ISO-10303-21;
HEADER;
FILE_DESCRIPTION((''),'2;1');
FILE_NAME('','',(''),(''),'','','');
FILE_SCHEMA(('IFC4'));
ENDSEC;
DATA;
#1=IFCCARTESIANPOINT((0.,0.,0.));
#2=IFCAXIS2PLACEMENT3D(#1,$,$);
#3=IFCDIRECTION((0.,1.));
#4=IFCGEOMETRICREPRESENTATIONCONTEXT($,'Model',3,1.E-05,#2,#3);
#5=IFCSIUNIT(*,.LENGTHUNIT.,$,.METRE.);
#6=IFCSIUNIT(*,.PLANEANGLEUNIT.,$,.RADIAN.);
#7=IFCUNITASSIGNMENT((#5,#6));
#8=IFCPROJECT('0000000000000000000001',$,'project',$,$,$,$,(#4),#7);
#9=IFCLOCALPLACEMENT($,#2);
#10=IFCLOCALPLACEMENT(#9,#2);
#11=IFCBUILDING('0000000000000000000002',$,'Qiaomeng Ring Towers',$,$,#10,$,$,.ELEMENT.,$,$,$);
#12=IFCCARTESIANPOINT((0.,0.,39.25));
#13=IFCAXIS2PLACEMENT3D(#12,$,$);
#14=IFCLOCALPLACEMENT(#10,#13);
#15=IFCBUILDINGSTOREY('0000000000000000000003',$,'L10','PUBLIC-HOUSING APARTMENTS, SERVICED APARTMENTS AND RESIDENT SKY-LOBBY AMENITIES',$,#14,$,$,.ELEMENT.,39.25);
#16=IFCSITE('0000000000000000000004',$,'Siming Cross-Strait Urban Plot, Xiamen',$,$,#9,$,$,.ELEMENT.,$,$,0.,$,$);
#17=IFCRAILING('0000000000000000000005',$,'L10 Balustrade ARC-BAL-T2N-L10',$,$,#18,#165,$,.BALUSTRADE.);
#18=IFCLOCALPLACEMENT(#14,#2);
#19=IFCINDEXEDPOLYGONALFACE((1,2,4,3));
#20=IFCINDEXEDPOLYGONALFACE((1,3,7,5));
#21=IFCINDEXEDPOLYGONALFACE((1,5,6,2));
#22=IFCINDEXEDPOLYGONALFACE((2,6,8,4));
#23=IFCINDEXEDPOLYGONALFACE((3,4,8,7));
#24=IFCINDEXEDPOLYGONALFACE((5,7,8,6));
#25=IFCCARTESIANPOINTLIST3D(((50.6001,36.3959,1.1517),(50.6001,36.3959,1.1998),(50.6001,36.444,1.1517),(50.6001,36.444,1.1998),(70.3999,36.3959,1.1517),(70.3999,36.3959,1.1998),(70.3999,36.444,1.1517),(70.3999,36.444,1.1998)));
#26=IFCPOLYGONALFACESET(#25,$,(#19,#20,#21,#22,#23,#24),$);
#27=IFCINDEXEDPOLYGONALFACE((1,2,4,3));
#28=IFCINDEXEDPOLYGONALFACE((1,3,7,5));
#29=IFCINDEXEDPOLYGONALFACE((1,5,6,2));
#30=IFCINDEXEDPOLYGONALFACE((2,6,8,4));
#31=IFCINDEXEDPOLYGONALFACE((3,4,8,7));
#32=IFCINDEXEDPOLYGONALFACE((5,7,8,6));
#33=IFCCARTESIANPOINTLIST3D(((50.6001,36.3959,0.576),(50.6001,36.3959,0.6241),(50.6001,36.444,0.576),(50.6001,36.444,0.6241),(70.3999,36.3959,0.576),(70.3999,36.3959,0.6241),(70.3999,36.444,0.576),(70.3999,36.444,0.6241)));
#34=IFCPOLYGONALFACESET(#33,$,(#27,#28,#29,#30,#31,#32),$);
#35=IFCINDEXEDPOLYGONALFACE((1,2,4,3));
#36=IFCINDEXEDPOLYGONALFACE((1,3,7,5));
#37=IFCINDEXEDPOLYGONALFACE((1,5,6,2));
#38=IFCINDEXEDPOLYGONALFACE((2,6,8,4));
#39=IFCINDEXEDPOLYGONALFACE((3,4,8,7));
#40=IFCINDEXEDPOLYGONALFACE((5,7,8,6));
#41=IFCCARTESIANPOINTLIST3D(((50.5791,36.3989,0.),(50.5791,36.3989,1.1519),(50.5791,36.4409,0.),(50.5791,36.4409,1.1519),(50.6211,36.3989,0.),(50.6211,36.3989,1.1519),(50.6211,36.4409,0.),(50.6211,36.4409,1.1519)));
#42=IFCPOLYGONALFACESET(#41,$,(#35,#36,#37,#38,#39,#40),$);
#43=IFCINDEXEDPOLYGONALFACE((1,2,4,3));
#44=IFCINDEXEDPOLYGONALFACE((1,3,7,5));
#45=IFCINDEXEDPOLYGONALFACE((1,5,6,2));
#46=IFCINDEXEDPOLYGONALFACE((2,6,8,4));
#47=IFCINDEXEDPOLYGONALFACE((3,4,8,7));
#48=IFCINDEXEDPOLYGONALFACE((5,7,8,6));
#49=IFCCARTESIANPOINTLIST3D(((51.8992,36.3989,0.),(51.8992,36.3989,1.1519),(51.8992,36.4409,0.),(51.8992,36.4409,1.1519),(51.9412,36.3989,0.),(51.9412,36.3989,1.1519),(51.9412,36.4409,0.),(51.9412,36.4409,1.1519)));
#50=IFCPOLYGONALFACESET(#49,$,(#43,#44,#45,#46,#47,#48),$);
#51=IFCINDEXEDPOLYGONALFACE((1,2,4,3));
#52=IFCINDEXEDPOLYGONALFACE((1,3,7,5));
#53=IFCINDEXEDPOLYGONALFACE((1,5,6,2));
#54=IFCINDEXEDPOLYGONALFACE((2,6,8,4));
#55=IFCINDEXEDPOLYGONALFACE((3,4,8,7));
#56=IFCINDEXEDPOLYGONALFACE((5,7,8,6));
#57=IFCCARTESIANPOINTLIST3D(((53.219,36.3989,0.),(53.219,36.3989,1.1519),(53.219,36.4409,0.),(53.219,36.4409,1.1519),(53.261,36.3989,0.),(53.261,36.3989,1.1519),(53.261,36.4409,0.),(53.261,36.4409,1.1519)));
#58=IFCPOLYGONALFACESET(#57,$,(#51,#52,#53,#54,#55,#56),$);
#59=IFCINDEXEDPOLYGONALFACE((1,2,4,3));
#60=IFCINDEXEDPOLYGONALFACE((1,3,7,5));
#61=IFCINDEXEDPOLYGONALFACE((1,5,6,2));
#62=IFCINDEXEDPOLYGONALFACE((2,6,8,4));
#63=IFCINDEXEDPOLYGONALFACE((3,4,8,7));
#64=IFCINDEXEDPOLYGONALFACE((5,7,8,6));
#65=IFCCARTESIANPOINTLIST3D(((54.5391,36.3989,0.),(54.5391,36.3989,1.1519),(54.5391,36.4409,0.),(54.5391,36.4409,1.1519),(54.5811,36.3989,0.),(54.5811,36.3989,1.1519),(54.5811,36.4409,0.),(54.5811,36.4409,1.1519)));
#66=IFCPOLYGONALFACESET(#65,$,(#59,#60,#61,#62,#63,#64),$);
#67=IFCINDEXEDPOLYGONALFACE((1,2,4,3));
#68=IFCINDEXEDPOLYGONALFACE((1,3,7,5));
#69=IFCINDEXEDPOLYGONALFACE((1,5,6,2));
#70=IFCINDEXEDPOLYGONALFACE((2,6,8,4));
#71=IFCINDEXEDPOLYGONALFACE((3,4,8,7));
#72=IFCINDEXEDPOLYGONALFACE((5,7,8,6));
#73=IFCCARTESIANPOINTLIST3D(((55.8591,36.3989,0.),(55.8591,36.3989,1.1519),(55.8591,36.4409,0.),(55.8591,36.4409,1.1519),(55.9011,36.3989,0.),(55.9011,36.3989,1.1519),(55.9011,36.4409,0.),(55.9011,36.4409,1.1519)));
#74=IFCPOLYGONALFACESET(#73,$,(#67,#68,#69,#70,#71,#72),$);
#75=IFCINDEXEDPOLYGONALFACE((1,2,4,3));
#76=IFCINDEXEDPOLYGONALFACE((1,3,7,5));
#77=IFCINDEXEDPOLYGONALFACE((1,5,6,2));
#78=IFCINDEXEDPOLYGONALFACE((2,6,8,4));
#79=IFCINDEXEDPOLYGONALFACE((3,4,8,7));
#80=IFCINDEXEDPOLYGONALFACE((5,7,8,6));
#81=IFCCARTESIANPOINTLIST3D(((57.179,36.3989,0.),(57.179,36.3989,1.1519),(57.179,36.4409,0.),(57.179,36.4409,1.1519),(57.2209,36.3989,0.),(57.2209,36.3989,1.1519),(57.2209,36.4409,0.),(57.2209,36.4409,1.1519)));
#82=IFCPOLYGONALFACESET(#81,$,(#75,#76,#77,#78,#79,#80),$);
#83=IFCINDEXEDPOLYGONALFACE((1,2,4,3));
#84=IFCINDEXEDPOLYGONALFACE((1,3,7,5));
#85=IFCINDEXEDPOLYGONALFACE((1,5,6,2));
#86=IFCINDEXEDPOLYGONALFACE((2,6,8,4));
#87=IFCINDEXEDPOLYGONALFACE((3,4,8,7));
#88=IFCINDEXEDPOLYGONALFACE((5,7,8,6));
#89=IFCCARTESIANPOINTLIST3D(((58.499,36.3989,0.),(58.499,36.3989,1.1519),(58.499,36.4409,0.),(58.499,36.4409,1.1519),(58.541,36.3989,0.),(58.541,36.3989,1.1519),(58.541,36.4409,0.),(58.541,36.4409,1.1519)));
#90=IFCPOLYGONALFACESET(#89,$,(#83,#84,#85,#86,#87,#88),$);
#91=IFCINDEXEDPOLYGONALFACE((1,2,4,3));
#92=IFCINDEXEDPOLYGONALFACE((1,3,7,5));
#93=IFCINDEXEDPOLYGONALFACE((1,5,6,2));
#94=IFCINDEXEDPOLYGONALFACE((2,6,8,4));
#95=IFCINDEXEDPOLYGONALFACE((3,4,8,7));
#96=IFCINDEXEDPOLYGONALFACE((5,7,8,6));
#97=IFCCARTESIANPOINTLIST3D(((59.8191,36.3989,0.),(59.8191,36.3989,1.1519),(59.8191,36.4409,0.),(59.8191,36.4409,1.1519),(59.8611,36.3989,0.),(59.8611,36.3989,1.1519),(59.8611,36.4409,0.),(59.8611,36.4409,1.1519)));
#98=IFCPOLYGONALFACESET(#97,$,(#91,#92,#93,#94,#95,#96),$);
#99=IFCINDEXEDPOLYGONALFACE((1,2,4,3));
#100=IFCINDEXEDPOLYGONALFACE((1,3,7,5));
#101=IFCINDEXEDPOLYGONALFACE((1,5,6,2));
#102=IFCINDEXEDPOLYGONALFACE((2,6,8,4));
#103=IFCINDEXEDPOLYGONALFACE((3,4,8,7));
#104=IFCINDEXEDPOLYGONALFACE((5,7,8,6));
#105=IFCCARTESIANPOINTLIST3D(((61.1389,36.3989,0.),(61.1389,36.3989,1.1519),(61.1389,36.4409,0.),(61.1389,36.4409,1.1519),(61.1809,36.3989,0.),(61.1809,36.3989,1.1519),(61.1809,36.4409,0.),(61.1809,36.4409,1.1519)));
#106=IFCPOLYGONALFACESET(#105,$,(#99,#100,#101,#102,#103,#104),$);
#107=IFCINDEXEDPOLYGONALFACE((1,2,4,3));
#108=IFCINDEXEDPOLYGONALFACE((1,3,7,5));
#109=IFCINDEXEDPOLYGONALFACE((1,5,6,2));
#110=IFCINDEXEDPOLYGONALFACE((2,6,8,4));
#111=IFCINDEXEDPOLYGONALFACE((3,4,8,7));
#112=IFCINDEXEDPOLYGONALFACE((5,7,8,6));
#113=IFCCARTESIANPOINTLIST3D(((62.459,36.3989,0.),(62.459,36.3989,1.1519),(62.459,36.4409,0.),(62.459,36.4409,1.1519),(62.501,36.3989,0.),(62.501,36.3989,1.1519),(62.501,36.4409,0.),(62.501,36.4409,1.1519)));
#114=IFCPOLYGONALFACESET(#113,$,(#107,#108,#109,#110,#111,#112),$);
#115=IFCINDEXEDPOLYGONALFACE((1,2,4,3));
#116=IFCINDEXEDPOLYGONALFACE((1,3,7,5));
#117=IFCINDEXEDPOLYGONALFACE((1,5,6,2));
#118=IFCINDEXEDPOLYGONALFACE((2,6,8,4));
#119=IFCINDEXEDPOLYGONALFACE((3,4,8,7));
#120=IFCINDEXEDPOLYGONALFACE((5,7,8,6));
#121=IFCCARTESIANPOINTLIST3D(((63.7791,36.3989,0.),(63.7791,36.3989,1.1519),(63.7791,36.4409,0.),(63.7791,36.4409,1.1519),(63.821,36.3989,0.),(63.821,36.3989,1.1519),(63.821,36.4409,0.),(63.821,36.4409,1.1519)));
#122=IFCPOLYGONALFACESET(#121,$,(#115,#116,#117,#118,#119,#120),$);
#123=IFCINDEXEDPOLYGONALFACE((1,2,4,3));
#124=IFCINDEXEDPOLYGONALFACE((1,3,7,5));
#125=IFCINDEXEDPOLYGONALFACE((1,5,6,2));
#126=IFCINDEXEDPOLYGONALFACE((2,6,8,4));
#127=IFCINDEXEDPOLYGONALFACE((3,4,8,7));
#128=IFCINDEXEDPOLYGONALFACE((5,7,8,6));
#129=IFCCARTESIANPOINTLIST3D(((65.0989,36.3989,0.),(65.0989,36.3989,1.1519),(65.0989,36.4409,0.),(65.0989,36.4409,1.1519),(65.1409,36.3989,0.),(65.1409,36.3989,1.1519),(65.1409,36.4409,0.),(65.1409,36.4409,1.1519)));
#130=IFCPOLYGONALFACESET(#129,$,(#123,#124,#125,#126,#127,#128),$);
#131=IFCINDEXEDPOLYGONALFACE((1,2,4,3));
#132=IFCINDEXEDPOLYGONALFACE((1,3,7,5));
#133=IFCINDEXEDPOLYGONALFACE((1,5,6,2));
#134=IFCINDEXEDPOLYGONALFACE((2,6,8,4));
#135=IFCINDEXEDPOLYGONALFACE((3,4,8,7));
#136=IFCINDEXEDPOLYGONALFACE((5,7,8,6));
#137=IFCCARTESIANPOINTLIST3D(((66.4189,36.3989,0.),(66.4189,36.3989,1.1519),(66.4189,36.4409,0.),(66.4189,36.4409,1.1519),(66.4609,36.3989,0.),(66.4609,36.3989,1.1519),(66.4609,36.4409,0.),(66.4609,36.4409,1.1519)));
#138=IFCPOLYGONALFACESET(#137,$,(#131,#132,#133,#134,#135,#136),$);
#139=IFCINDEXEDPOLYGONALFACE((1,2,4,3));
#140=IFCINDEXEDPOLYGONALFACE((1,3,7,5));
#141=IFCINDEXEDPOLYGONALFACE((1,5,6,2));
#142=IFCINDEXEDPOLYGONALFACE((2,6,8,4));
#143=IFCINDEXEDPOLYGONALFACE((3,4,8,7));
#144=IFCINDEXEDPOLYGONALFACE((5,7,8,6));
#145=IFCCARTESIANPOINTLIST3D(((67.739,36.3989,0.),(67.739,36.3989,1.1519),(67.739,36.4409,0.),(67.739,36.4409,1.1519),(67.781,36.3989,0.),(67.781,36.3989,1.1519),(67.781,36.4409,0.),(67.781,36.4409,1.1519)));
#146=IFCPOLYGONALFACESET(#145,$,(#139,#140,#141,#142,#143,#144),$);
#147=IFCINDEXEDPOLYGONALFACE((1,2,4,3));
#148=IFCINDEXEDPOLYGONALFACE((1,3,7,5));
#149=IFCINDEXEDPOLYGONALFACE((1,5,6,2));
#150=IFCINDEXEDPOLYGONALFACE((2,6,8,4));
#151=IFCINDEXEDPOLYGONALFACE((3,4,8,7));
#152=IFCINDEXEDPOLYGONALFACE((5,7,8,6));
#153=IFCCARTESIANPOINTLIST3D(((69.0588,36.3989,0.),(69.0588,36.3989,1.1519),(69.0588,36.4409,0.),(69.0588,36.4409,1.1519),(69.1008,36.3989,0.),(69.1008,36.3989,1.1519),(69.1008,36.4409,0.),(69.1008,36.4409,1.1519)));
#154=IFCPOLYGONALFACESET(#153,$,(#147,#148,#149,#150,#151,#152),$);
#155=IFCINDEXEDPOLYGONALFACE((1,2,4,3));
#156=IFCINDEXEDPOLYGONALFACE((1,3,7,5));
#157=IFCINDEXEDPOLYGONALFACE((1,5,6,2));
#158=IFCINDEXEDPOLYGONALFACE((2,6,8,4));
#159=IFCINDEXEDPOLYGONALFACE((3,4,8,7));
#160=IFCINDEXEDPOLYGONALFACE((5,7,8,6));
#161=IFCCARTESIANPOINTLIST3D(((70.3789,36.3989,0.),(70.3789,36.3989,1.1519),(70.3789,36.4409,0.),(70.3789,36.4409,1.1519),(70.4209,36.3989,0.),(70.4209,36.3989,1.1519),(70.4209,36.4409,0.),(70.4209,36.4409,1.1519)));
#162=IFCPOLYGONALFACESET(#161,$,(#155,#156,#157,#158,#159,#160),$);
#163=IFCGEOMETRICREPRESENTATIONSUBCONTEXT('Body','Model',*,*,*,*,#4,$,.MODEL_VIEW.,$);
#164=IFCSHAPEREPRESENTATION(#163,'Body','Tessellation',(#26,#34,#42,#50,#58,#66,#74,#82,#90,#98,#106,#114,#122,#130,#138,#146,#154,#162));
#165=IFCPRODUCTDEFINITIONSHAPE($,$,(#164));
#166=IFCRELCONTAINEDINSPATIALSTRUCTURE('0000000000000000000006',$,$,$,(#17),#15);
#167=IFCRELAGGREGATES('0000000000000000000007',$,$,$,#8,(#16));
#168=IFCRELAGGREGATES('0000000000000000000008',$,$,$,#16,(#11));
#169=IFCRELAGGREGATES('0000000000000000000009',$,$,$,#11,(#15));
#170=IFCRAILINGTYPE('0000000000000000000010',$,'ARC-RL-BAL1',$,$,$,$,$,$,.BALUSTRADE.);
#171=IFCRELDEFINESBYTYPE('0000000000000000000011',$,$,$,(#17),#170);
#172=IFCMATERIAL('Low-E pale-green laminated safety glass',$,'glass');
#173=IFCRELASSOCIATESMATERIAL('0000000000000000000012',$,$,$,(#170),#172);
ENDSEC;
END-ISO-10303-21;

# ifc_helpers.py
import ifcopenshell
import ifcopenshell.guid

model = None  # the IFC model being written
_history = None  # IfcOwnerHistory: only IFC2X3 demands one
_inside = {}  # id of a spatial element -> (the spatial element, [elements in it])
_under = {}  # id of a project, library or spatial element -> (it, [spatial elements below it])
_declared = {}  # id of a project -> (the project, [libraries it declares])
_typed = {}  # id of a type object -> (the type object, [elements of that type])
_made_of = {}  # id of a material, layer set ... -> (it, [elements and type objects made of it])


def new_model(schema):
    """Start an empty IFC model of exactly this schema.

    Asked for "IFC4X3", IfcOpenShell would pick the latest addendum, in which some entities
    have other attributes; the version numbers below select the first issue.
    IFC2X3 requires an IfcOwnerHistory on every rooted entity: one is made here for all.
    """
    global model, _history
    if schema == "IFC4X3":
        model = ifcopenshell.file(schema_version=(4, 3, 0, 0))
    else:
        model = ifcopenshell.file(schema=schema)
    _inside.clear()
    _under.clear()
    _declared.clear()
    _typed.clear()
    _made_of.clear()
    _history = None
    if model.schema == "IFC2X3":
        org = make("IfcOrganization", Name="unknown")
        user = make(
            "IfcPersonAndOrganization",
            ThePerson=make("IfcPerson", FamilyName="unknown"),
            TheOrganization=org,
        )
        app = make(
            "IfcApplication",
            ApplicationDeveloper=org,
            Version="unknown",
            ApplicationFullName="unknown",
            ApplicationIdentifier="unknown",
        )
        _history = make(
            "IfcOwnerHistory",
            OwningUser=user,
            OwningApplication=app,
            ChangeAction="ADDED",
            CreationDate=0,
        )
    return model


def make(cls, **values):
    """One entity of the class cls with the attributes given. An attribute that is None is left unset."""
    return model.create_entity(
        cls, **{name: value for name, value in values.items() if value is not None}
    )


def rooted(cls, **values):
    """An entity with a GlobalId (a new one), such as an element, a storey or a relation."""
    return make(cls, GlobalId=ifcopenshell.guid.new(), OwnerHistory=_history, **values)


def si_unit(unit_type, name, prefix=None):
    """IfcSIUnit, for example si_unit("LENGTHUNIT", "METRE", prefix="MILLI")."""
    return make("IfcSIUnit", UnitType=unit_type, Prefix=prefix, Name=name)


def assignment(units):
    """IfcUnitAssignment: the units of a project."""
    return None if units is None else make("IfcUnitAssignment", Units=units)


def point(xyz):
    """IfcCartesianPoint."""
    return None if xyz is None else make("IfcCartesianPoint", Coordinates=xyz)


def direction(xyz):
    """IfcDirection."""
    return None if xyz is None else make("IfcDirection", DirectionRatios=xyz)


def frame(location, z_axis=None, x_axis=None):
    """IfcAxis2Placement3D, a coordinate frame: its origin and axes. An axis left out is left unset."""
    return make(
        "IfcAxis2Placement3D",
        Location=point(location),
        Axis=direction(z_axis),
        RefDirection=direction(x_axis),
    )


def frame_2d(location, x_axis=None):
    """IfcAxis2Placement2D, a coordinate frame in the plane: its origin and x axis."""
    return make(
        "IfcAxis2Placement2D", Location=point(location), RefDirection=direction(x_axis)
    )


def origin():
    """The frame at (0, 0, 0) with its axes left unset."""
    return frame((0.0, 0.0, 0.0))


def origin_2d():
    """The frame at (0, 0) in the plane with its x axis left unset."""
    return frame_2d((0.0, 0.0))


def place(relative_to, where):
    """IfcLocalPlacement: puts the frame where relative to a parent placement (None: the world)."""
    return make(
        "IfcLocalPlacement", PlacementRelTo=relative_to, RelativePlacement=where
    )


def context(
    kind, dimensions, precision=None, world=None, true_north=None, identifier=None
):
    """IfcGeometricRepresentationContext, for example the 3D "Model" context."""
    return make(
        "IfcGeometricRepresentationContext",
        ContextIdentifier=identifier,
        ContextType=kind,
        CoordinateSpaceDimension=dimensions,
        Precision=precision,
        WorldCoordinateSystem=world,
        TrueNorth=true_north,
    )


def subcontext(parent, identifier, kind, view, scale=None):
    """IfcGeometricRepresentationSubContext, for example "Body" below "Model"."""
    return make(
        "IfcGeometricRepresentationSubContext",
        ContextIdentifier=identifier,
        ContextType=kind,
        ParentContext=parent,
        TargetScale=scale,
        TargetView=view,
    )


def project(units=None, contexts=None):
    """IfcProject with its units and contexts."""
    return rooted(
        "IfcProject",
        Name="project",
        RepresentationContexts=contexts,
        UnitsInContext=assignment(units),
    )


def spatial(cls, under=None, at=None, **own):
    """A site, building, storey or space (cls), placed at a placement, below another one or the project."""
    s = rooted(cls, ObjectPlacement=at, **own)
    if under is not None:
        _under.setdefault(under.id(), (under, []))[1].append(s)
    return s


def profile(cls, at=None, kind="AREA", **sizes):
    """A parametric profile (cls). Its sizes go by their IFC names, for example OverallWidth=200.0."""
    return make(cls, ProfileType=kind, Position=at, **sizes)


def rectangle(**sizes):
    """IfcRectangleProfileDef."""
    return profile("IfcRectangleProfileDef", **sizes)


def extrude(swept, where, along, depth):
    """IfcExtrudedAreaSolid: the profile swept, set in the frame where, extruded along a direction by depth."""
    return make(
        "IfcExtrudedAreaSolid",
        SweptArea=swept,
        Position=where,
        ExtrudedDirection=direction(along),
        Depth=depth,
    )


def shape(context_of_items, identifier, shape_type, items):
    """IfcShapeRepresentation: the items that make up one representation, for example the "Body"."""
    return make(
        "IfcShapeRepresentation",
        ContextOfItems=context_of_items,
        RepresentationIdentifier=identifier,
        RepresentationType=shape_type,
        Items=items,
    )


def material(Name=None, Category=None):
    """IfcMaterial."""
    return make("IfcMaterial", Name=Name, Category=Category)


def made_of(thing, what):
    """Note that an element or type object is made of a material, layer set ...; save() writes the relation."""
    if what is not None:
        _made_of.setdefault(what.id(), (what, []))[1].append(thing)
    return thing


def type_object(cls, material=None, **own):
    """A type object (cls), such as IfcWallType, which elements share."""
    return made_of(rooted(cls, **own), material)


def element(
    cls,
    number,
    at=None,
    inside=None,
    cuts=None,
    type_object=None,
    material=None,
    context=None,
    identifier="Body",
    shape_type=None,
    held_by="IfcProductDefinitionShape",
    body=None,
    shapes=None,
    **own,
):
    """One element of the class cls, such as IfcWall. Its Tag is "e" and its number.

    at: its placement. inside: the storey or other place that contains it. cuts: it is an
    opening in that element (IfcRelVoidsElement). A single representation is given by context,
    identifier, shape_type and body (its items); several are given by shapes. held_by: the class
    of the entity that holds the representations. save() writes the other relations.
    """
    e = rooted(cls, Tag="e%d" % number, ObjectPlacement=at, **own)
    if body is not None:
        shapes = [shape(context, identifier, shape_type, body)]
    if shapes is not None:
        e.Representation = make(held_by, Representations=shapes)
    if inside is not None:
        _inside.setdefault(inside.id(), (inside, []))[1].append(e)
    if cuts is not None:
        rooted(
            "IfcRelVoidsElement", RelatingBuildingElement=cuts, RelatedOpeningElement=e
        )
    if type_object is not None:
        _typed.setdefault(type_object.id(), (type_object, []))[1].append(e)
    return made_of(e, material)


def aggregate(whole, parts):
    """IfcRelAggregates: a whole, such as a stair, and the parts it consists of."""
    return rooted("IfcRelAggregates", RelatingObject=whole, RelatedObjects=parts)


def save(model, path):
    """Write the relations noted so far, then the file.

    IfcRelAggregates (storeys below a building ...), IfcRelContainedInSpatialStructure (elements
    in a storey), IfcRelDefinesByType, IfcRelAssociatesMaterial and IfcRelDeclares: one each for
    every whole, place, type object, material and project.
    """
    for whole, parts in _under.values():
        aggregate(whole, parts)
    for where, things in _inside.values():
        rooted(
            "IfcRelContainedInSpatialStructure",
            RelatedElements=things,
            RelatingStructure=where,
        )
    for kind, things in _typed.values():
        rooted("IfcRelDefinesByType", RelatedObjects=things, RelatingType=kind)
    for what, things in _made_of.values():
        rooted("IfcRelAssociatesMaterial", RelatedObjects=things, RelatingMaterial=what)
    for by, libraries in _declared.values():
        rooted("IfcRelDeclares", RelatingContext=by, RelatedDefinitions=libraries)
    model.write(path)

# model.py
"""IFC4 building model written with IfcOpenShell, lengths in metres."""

from ifc_helpers import new_model, si_unit, direction, frame, origin, origin_2d, place, context, subcontext, project, spatial, rectangle, extrude, material, type_object, element, save


model = new_model("IFC4")

# Units and contexts
model_context = context("Model", 3, precision=1e-05, world=origin(), true_north=direction((0.0, 1.0)))
body_context = subcontext(model_context, "Body", "Model", "MODEL_VIEW")
ifc_project = project(units=[si_unit("LENGTHUNIT", "METRE"), si_unit("PLANEANGLEUNIT", "RADIAN")], contexts=[model_context])

# Site, building, storey
site_placement = place(None, origin())
site = spatial("IfcSite", under=ifc_project, at=site_placement, Name="Siming Cross-Strait Urban Plot, Xiamen", CompositionType="ELEMENT", RefElevation=0.0)
building_placement = place(site_placement, origin())
building = spatial("IfcBuilding", under=site, at=building_placement, Name="Qiaomeng Ring Towers", CompositionType="ELEMENT")
storey_placement = place(building_placement, frame((0.0, 0.0, 39.25)))
storey = spatial("IfcBuildingStorey", under=building, at=storey_placement, Name="L10", Description="PUBLIC-HOUSING APARTMENTS, SERVICED APARTMENTS AND RESIDENT SKY-LOBBY AMENITIES", CompositionType="ELEMENT", Elevation=39.25)

# Railing
ifc_material_1 = material(Name="Low-E pale-green laminated safety glass", Category="glass")
railing_type = type_object("IfcRailingType", Name="ARC-RL-BAL1", PredefinedType="BALUSTRADE", material=ifc_material_1)
railing_1_placement = place(storey_placement, frame((50.6001, 36.4199, 0.0)))
element("IfcRailing", 1, at=railing_1_placement, inside=storey, type_object=railing_type, Name="L10 Balustrade ARC-BAL-T2N-L10", PredefinedType="BALUSTRADE", context=body_context, shape_type="SweptSolid", body=[
    extrude(rectangle(XDim=0.0481, YDim=0.0481, at=origin_2d()), frame((0.0, 0.0, 1.1758), z_axis=(1.0, 0.0, 0.0), x_axis=(0.0, 1.0, 0.0)), (0.0, 0.0, 1.0), 19.7998),
    extrude(rectangle(XDim=0.0481, YDim=0.0481, at=origin_2d()), frame((0.0, 0.0, 0.6001), z_axis=(1.0, 0.0, 0.0), x_axis=(0.0, 1.0, 0.0)), (0.0, 0.0, 1.0), 19.7998),
    extrude(rectangle(XDim=0.042, YDim=0.042, at=origin_2d()), origin(), (0.0, 0.0, 1.0), 1.1519),
    extrude(rectangle(XDim=0.042, YDim=0.042, at=origin_2d()), frame((1.3201, 0.0, 0.0)), (0.0, 0.0, 1.0), 1.1519),
    extrude(rectangle(XDim=0.042, YDim=0.042, at=origin_2d()), frame((2.6399, 0.0, 0.0)), (0.0, 0.0, 1.0), 1.1519),
    extrude(rectangle(XDim=0.042, YDim=0.042, at=origin_2d()), frame((3.96, 0.0, 0.0)), (0.0, 0.0, 1.0), 1.1519),
    extrude(rectangle(XDim=0.042, YDim=0.042, at=origin_2d()), frame((5.28, 0.0, 0.0)), (0.0, 0.0, 1.0), 1.1519),
    extrude(rectangle(XDim=0.042, YDim=0.042, at=origin_2d()), frame((6.5999, 0.0, 0.0)), (0.0, 0.0, 1.0), 1.1519),
    extrude(rectangle(XDim=0.042, YDim=0.042, at=origin_2d()), frame((7.9199, 0.0, 0.0)), (0.0, 0.0, 1.0), 1.1519),
    extrude(rectangle(XDim=0.042, YDim=0.042, at=origin_2d()), frame((9.24, 0.0, 0.0)), (0.0, 0.0, 1.0), 1.1519),
    extrude(rectangle(XDim=0.042, YDim=0.042, at=origin_2d()), frame((10.5598, 0.0, 0.0)), (0.0, 0.0, 1.0), 1.1519),
    extrude(rectangle(XDim=0.042, YDim=0.042, at=origin_2d()), frame((11.8799, 0.0, 0.0)), (0.0, 0.0, 1.0), 1.1519),
    extrude(rectangle(XDim=0.042, YDim=0.042, at=origin_2d()), frame((13.2, 0.0, 0.0)), (0.0, 0.0, 1.0), 1.1519),
    extrude(rectangle(XDim=0.042, YDim=0.042, at=origin_2d()), frame((14.5198, 0.0, 0.0)), (0.0, 0.0, 1.0), 1.1519),
    extrude(rectangle(XDim=0.042, YDim=0.042, at=origin_2d()), frame((15.8398, 0.0, 0.0)), (0.0, 0.0, 1.0), 1.1519),
    extrude(rectangle(XDim=0.042, YDim=0.042, at=origin_2d()), frame((17.1599, 0.0, 0.0)), (0.0, 0.0, 1.0), 1.1519),
    extrude(rectangle(XDim=0.042, YDim=0.042, at=origin_2d()), frame((18.4797, 0.0, 0.0)), (0.0, 0.0, 1.0), 1.1519),
    extrude(rectangle(XDim=0.042, YDim=0.042, at=origin_2d()), frame((19.7998, 0.0, 0.0)), (0.0, 0.0, 1.0), 1.1519),
])

save(model, "model.ifc")
